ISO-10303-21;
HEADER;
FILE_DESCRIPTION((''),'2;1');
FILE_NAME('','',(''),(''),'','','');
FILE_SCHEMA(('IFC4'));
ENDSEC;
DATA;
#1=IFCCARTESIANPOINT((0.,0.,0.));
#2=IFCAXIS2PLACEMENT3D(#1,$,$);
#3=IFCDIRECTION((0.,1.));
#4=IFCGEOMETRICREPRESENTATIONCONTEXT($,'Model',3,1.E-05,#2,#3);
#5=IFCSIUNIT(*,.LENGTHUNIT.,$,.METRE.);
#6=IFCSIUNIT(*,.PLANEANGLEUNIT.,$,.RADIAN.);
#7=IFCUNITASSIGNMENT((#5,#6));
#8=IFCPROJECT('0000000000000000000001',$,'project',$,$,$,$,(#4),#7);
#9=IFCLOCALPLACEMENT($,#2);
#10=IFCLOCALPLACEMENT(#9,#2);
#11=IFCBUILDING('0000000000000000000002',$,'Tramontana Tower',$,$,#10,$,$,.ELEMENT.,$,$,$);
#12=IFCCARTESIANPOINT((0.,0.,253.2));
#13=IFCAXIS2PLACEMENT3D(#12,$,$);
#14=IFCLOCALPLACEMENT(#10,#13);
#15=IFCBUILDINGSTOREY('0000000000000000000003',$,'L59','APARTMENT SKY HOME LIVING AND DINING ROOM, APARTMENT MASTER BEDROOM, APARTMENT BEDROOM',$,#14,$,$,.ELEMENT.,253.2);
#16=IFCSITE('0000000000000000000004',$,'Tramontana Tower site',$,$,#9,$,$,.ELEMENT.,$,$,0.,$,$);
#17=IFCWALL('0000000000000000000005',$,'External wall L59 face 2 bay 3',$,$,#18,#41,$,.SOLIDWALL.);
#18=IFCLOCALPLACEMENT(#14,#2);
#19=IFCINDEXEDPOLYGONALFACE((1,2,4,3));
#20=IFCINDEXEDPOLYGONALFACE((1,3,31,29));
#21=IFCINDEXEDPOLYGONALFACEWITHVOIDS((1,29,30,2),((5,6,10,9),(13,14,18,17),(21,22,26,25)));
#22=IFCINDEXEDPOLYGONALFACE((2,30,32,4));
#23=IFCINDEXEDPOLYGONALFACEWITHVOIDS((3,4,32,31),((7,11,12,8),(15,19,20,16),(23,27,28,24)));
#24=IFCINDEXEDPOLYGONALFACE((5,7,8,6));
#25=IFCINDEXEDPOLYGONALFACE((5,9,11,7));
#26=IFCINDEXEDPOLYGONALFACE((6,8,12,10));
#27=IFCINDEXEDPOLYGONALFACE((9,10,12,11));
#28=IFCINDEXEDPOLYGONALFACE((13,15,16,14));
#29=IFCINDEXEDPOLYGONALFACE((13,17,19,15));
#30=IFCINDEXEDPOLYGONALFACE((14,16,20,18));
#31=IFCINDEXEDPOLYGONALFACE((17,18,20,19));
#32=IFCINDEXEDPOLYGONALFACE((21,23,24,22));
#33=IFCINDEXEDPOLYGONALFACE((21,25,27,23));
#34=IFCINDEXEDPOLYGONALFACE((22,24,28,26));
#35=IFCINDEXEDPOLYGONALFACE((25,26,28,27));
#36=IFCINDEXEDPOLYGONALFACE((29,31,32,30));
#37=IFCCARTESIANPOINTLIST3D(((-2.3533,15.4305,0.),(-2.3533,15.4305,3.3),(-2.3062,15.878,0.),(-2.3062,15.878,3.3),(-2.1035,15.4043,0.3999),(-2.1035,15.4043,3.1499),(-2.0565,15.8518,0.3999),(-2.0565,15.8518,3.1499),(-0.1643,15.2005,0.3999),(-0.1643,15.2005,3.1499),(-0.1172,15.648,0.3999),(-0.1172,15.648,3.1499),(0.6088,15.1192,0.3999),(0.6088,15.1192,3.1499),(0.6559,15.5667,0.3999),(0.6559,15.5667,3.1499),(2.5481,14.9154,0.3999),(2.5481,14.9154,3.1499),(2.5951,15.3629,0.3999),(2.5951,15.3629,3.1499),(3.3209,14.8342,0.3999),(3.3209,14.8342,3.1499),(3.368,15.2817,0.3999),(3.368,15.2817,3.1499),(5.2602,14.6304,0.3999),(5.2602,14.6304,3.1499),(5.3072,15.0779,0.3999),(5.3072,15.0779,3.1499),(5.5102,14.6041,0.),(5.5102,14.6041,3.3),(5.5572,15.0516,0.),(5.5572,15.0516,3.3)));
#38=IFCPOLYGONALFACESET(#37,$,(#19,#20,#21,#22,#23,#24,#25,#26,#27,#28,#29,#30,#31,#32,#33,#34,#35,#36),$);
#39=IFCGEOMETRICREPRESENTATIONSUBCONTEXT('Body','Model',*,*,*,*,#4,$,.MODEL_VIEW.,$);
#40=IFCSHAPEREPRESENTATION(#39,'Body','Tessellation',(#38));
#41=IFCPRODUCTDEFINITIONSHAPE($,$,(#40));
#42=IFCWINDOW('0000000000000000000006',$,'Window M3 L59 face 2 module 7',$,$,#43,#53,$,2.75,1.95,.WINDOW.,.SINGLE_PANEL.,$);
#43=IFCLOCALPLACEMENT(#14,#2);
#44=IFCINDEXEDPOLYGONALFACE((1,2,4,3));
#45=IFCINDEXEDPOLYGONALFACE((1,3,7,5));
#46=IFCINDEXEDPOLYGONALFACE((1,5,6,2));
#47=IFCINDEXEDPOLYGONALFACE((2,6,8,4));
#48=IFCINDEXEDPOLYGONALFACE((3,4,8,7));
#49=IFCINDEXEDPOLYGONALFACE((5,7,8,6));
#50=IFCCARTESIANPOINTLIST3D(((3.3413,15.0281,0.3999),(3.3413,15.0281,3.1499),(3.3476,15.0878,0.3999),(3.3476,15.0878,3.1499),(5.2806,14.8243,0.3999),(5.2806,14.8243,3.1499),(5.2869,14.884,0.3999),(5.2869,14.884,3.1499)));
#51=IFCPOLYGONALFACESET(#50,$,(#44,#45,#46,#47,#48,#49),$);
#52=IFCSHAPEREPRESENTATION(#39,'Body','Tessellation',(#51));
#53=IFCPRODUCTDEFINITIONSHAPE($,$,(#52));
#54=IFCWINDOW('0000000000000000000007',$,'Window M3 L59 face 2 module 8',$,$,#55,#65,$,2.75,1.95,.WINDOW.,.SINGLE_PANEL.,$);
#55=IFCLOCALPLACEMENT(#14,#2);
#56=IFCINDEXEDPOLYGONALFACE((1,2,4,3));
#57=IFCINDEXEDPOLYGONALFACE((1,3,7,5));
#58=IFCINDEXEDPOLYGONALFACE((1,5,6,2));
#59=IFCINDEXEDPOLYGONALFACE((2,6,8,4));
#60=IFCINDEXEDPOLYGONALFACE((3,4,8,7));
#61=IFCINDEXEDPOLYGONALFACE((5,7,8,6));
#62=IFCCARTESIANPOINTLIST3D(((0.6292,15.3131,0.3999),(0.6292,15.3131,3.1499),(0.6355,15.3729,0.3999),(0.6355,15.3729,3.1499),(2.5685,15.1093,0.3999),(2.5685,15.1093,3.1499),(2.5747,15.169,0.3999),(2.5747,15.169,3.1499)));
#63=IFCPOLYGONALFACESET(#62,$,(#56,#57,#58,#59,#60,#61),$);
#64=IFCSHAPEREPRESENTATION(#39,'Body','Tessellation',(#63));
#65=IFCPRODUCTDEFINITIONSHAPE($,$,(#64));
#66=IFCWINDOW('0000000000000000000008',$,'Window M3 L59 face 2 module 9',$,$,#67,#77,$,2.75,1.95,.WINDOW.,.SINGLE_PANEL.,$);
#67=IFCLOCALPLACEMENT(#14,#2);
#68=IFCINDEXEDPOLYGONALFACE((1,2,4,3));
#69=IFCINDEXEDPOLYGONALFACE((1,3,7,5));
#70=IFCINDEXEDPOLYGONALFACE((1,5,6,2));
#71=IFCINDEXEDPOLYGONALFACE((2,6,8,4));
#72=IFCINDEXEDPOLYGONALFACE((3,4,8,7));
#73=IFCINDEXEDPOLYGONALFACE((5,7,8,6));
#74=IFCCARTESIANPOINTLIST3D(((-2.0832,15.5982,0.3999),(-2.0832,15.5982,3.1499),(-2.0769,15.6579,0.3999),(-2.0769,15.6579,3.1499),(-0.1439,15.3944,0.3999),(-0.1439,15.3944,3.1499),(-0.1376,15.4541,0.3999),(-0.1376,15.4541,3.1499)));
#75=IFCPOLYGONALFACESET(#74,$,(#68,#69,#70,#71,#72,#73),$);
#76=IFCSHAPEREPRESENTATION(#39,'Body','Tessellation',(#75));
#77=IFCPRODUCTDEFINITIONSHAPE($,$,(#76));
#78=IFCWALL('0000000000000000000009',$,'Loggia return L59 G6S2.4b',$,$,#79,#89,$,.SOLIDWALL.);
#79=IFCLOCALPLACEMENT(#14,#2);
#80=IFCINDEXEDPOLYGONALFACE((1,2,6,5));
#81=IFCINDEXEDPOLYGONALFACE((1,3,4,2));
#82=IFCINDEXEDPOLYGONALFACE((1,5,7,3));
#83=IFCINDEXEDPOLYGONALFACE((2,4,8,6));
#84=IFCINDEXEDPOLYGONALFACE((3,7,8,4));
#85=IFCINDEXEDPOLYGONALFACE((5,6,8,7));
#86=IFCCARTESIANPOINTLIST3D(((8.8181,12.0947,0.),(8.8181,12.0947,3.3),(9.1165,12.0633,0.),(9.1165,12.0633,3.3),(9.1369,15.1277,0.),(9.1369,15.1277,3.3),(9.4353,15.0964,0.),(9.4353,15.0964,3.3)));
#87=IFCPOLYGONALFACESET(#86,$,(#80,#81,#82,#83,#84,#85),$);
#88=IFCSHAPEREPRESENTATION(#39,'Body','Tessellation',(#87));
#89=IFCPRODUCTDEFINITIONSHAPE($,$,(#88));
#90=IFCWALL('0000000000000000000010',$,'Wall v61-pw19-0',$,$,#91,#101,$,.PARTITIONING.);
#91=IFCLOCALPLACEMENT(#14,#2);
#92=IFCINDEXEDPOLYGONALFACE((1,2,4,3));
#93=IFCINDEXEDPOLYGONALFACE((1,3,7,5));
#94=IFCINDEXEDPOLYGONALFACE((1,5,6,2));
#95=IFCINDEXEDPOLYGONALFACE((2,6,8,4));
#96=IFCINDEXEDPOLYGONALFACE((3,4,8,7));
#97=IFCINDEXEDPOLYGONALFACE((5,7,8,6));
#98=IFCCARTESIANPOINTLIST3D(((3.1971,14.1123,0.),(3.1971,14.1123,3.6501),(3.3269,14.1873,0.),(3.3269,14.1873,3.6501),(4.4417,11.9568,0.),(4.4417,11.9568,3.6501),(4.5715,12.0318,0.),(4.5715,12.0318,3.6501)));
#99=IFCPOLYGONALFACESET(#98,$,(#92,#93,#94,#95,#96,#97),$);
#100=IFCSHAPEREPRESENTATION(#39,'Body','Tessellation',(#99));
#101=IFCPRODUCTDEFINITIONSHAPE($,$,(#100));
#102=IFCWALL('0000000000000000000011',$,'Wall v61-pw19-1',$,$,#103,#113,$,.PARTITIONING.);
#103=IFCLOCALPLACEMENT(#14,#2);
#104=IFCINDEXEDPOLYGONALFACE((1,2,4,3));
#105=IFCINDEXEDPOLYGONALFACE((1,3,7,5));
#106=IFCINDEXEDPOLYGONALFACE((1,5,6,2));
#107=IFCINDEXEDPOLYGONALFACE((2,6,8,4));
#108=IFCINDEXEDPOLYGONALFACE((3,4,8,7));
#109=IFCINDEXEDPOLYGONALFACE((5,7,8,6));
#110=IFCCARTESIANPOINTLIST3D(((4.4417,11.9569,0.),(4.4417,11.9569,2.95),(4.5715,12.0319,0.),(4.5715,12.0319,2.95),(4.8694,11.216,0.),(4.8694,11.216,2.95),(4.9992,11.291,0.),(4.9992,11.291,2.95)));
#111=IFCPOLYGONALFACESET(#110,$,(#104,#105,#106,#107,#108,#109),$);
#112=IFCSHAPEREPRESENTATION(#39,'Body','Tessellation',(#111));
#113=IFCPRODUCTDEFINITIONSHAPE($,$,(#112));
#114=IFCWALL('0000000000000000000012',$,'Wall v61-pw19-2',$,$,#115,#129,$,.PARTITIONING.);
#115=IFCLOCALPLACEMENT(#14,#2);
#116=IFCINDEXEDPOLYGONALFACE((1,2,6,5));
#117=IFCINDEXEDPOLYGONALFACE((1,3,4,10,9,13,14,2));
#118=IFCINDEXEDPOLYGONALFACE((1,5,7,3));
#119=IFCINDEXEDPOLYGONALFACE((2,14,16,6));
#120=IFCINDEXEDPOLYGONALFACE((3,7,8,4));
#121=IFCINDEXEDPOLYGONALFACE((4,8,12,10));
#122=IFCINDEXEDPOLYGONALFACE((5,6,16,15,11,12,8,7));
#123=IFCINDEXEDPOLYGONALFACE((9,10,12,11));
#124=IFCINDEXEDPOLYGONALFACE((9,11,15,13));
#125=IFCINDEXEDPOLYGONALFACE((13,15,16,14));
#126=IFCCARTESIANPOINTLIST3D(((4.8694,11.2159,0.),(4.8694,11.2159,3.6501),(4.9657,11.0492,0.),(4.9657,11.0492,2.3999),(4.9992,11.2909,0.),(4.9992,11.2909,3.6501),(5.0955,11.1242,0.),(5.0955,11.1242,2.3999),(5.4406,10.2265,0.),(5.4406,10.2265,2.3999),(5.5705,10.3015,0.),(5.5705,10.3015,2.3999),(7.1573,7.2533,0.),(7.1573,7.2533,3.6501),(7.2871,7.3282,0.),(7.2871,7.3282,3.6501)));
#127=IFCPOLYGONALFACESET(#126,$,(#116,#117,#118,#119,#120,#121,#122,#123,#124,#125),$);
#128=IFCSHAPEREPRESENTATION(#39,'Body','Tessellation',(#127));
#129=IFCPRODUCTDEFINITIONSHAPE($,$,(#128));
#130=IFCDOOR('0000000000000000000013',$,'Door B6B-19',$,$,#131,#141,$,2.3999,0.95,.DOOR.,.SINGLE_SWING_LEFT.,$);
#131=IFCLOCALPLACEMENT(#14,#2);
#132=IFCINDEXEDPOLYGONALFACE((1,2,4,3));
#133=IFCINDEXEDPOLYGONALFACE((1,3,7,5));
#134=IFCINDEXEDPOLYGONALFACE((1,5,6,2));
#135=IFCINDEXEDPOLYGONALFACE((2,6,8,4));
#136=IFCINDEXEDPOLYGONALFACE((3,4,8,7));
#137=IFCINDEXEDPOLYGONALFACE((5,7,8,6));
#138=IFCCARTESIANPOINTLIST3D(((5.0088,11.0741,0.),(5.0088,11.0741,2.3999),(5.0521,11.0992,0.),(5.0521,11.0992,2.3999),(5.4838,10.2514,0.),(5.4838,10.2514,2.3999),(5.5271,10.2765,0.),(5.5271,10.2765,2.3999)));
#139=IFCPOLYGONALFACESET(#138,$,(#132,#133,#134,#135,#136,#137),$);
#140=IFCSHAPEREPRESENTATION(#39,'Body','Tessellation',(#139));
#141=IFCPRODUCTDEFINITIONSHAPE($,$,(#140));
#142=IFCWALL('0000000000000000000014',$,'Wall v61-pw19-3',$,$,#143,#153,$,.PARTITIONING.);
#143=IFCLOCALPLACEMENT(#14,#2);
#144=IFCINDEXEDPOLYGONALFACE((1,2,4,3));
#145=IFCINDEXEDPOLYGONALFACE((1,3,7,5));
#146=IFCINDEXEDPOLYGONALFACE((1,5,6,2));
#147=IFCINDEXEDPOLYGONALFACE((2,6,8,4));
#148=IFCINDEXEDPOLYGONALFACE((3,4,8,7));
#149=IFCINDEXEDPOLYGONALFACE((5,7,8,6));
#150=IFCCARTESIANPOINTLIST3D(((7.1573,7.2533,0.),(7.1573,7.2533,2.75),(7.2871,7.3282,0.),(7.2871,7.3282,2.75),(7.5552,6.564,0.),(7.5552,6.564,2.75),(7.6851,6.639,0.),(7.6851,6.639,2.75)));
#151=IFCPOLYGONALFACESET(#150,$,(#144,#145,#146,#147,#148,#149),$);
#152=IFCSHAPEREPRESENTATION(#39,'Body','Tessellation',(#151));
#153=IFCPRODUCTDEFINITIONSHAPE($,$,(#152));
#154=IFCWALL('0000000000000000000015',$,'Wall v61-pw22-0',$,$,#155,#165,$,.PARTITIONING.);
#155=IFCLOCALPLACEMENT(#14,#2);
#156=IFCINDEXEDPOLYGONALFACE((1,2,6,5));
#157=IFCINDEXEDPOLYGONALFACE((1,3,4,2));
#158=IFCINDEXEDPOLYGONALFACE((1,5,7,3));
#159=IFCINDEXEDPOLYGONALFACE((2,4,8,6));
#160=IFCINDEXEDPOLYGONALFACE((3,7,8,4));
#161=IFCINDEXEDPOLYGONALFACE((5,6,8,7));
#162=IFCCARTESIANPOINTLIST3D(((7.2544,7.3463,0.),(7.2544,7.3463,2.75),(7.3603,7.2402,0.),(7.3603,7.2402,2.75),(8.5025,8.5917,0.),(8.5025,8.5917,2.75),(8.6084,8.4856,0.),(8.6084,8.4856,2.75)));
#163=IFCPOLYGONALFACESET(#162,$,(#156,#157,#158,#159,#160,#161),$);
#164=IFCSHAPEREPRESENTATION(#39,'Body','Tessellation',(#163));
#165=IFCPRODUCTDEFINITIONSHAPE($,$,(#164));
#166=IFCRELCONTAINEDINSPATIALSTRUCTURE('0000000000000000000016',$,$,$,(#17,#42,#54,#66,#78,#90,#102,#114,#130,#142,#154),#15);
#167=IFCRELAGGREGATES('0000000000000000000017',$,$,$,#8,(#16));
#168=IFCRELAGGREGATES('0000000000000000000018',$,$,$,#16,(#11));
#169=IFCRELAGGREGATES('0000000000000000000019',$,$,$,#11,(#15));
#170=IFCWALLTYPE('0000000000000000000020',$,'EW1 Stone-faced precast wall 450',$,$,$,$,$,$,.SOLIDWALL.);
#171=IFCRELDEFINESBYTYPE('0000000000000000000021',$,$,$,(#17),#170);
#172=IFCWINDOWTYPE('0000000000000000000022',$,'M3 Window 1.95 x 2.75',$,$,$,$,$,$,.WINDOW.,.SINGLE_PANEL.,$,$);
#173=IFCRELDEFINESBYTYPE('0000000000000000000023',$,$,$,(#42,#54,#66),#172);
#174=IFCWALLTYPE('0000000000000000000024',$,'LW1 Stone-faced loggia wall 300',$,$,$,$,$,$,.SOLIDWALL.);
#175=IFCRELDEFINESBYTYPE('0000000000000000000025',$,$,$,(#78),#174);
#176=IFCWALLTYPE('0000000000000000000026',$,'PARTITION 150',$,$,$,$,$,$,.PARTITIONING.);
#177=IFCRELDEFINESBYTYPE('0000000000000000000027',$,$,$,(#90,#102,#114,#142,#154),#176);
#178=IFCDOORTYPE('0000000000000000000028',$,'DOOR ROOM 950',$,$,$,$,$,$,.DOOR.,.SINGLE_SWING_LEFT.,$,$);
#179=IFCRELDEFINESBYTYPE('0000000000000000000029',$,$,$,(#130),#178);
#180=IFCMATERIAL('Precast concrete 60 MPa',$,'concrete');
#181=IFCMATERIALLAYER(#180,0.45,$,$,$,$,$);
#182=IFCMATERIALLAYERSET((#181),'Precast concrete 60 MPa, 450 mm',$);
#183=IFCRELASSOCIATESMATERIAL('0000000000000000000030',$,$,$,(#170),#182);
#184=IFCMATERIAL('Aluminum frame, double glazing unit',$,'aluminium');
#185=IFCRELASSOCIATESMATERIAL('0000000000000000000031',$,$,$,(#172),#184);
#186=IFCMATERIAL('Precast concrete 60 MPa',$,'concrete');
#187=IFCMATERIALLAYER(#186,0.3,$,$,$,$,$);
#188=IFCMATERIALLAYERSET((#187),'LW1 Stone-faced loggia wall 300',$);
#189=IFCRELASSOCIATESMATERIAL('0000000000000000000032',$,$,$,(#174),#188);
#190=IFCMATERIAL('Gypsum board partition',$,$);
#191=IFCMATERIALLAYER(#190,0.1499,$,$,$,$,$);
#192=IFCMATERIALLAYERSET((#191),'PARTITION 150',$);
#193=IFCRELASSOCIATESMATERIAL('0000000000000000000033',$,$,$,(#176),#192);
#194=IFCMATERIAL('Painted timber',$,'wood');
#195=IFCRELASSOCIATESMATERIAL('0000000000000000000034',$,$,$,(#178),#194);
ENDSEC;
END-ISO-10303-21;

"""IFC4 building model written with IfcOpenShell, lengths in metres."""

from ifc_helpers import new_model, si_unit, direction, frame, frame_2d, origin, place, context, subcontext, project, spatial, rectangle, extrude, material, layer, layer_set, type_object, element, fill, save


model = new_model("IFC4")

# Units and contexts
model_context = context("Model", 3, precision=1e-05, world=origin(), true_north=direction((0.0, 1.0)))
body_context = subcontext(model_context, "Body", "Model", "MODEL_VIEW")
ifc_project = project(units=[si_unit("LENGTHUNIT", "METRE"), si_unit("PLANEANGLEUNIT", "RADIAN")], contexts=[model_context])

# Site, building, storey
site_placement = place(None, origin())
site = spatial("IfcSite", under=ifc_project, at=site_placement, Name="Tramontana Tower site", CompositionType="ELEMENT", RefElevation=0.0)
building_placement = place(site_placement, origin())
building = spatial("IfcBuilding", under=site, at=building_placement, Name="Tramontana Tower", CompositionType="ELEMENT")
storey_placement = place(building_placement, frame((0.0, 0.0, 253.2)))
storey = spatial("IfcBuildingStorey", under=building, at=storey_placement, Name="L59", Description="APARTMENT SKY HOME LIVING AND DINING ROOM, APARTMENT MASTER BEDROOM, APARTMENT BEDROOM", CompositionType="ELEMENT", Elevation=253.2)

# Shared definitions
ifc_material_1 = material(Name="Precast concrete 60 MPa", Category="concrete")
ifc_layer_1 = layer(ifc_material_1, 0.45)
ifc_layer_set_1 = layer_set([ifc_layer_1], Name="Precast concrete 60 MPa, 450 mm")
wall_type_1 = type_object("IfcWallType", Name="EW1 Stone-faced precast wall 450", PredefinedType="SOLIDWALL", material=ifc_layer_set_1)
ifc_material_2 = material(Name="Aluminum frame, double glazing unit", Category="aluminium")
window_type = type_object("IfcWindowType", Name="M3 Window 1.95 x 2.75", PartitioningType="SINGLE_PANEL", PredefinedType="WINDOW", material=ifc_material_2)

# Wall, openings, windows
wall_1_placement = place(storey_placement, frame((5.5337, 14.8279, 0.0), z_axis=(0.0, 0.0, 1.0), x_axis=(-0.994523, 0.104519, 0.0)))
wall_1 = element("IfcWall", 1, at=wall_1_placement, inside=storey, type_object=wall_type_1, Name="External wall L59 face 2 bay 3", PredefinedType="SOLIDWALL", context=body_context, shape_type="SweptSolid", body=[
    extrude(rectangle(XDim=7.9067, YDim=0.45, at=frame_2d((3.9534, 0.0))), origin(), (0.0, 0.0, 1.0), 3.3),
])
opening_1_placement = place(wall_1_placement, frame((0.2512, 0.0, 0.3999)))
opening_1 = element("IfcOpeningElement", 2, at=opening_1_placement, cuts=wall_1, PredefinedType="OPENING", context=body_context, shape_type="SweptSolid", body=[
    extrude(rectangle(XDim=1.95, YDim=2.75, at=frame_2d((0.9751, 1.375))), frame((0.0, 0.2349, 0.0), z_axis=(0.0, -1.0, 0.0), x_axis=(1.0, 0.0, 0.0)), (0.0, 0.0, 1.0), 0.47),
])
opening_2_placement = place(wall_1_placement, frame((2.9783, 0.0, 0.3999)))
opening_2 = element("IfcOpeningElement", 3, at=opening_2_placement, cuts=wall_1, PredefinedType="OPENING", context=body_context, shape_type="SweptSolid", body=[
    extrude(rectangle(XDim=1.95, YDim=2.75, at=frame_2d((0.9751, 1.375))), frame((0.0, 0.2349, 0.0), z_axis=(0.0, -1.0, 0.0), x_axis=(1.0, 0.0, 0.0)), (0.0, 0.0, 1.0), 0.47),
])
opening_3_placement = place(wall_1_placement, frame((5.7056, 0.0, 0.3999)))
opening_3 = element("IfcOpeningElement", 4, at=opening_3_placement, cuts=wall_1, PredefinedType="OPENING", context=body_context, shape_type="SweptSolid", body=[
    extrude(rectangle(XDim=1.95, YDim=2.75, at=frame_2d((0.9751, 1.375))), frame((0.0, 0.2349, 0.0), z_axis=(0.0, -1.0, 0.0), x_axis=(1.0, 0.0, 0.0)), (0.0, 0.0, 1.0), 0.47),
])
window_1_placement = place(opening_1_placement, origin())
window_1 = element("IfcWindow", 5, at=window_1_placement, inside=storey, type_object=window_type, Name="Window M3 L59 face 2 module 7", OverallHeight=2.75, OverallWidth=1.95, PartitioningType="SINGLE_PANEL", PredefinedType="WINDOW", context=body_context, shape_type="SweptSolid", body=[
    extrude(rectangle(XDim=1.95, YDim=2.75, at=frame_2d((0.9751, 1.375))), frame((0.0, 0.03, 0.0), z_axis=(0.0, -1.0, 0.0), x_axis=(1.0, 0.0, 0.0)), (0.0, 0.0, 1.0), 0.0601),
])
fill(opening_1, window_1)
window_2_placement = place(opening_2_placement, origin())
window_2 = element("IfcWindow", 6, at=window_2_placement, inside=storey, type_object=window_type, Name="Window M3 L59 face 2 module 8", OverallHeight=2.75, OverallWidth=1.95, PartitioningType="SINGLE_PANEL", PredefinedType="WINDOW", context=body_context, shape_type="SweptSolid", body=[
    extrude(rectangle(XDim=1.95, YDim=2.75, at=frame_2d((0.9751, 1.375))), frame((0.0, 0.03, 0.0), z_axis=(0.0, -1.0, 0.0), x_axis=(1.0, 0.0, 0.0)), (0.0, 0.0, 1.0), 0.0601),
])
fill(opening_2, window_2)
window_3_placement = place(opening_3_placement, origin())
window_3 = element("IfcWindow", 7, at=window_3_placement, inside=storey, type_object=window_type, Name="Window M3 L59 face 2 module 9", OverallHeight=2.75, OverallWidth=1.95, PartitioningType="SINGLE_PANEL", PredefinedType="WINDOW", context=body_context, shape_type="SweptSolid", body=[
    extrude(rectangle(XDim=1.95, YDim=2.75, at=frame_2d((0.9751, 1.375))), frame((0.0, 0.03, 0.0), z_axis=(0.0, -1.0, 0.0), x_axis=(1.0, 0.0, 0.0)), (0.0, 0.0, 1.0), 0.0601),
])
fill(opening_3, window_3)

# Walls
ifc_material_3 = material(Name="Precast concrete 60 MPa", Category="concrete")
ifc_layer_2 = layer(ifc_material_3, 0.3)
ifc_layer_set_2 = layer_set([ifc_layer_2], Name="LW1 Stone-faced loggia wall 300")
wall_type_2 = type_object("IfcWallType", Name="LW1 Stone-faced loggia wall 300", PredefinedType="SOLIDWALL", material=ifc_layer_set_2)
wall_2_placement = place(storey_placement, frame((9.2861, 15.1121, 0.0), z_axis=(0.0, 0.0, 1.0), x_axis=(-0.104543, -0.99452, 0.0)))
element("IfcWall", 8, at=wall_2_placement, inside=storey, type_object=wall_type_2, Name="Loggia return L59 G6S2.4b", PredefinedType="SOLIDWALL", context=body_context, shape_type="SweptSolid", body=[
    extrude(rectangle(XDim=3.0498, YDim=0.3, at=frame_2d((1.5249, 0.0))), origin(), (0.0, 0.0, 1.0), 3.3),
])
ifc_material_4 = material(Name="Gypsum board partition")
ifc_layer_3 = layer(ifc_material_4, 0.1499)
ifc_layer_set_3 = layer_set([ifc_layer_3], Name="PARTITION 150")
wall_type_3 = type_object("IfcWallType", Name="PARTITION 150", PredefinedType="PARTITIONING", material=ifc_layer_set_3)
wall_3_placement = place(storey_placement, frame((3.262, 14.1499, 0.0), z_axis=(0.0, 0.0, 1.0), x_axis=(0.500042, -0.866001, 0.0)))
element("IfcWall", 9, at=wall_3_placement, inside=storey, type_object=wall_type_3, Name="Wall v61-pw19-0", PredefinedType="PARTITIONING", context=body_context, shape_type="SweptSolid", body=[
    extrude(rectangle(XDim=2.489, YDim=0.1499, at=frame_2d((1.2446, 0.0))), origin(), (0.0, 0.0, 1.0), 3.6501),
])
wall_4_placement = place(storey_placement, frame((4.5066, 11.9944, 0.0), z_axis=(0.0, 0.0, 1.0), x_axis=(0.499945, -0.866057, 0.0)))
element("IfcWall", 10, at=wall_4_placement, inside=storey, type_object=wall_type_3, Name="Wall v61-pw19-1", PredefinedType="PARTITIONING", context=body_context, shape_type="SweptSolid", body=[
    extrude(rectangle(XDim=0.8555, YDim=0.1499, at=frame_2d((0.4277, 0.0))), origin(), (0.0, 0.0, 1.0), 2.95),
])

# Wall, opening, door
wall_5_placement = place(storey_placement, frame((4.9343, 11.2534, 0.0), z_axis=(0.0, 0.0, 1.0), x_axis=(0.500001, -0.866025, 0.0)))
wall_5 = element("IfcWall", 11, at=wall_5_placement, inside=storey, type_object=wall_type_3, Name="Wall v61-pw19-2", PredefinedType="PARTITIONING", context=body_context, shape_type="SweptSolid", body=[
    extrude(rectangle(XDim=4.5757, YDim=0.1499, at=frame_2d((2.2878, 0.0))), origin(), (0.0, 0.0, 1.0), 3.6501),
])
opening_4_placement = place(wall_5_placement, frame((0.1924, 0.0, 0.0)))
opening_4 = element("IfcOpeningElement", 12, at=opening_4_placement, cuts=wall_5, PredefinedType="OPENING", context=body_context, shape_type="SweptSolid", body=[
    extrude(rectangle(XDim=0.95, YDim=2.3999, at=frame_2d((0.4751, 1.2))), frame((0.0, 0.085, 0.0), z_axis=(0.0, -1.0, 0.0), x_axis=(1.0, 0.0, 0.0)), (0.0, 0.0, 1.0), 0.1699),
])
ifc_material_5 = material(Name="Painted timber", Category="wood")
door_type = type_object("IfcDoorType", Name="DOOR ROOM 950", OperationType="SINGLE_SWING_LEFT", PredefinedType="DOOR", material=ifc_material_5)
door_1_placement = place(opening_4_placement, origin())
door_1 = element("IfcDoor", 13, at=door_1_placement, inside=storey, type_object=door_type, Name="Door B6B-19", OperationType="SINGLE_SWING_LEFT", OverallHeight=2.3999, OverallWidth=0.95, PredefinedType="DOOR", context=body_context, shape_type="SweptSolid", body=[
    extrude(rectangle(XDim=0.95, YDim=2.3999, at=frame_2d((0.4751, 1.2))), frame((0.0, 0.0249, 0.0), z_axis=(0.0, -1.0, 0.0), x_axis=(1.0, 0.0, 0.0)), (0.0, 0.0, 1.0), 0.05),
])
fill(opening_4, door_1)

# Walls
wall_6_placement = place(storey_placement, frame((7.2222, 7.2908, 0.0), z_axis=(0.0, 0.0, 1.0), x_axis=(0.500032, -0.866007, 0.0)))
element("IfcWall", 14, at=wall_6_placement, inside=storey, type_object=wall_type_3, Name="Wall v61-pw19-3", PredefinedType="PARTITIONING", context=body_context, shape_type="SweptSolid", body=[
    extrude(rectangle(XDim=0.7959, YDim=0.1499, at=frame_2d((0.3979, 0.0))), origin(), (0.0, 0.0, 1.0), 2.75),
])
wall_7_placement = place(storey_placement, frame((7.3074, 7.2932, 0.0), z_axis=(0.0, 0.0, 1.0), x_axis=(0.707868, 0.706345, 0.0)))
element("IfcWall", 15, at=wall_7_placement, inside=storey, type_object=wall_type_3, Name="Wall v61-pw22-0", PredefinedType="PARTITIONING", context=body_context, shape_type="SweptSolid", body=[
    extrude(rectangle(XDim=1.7632, YDim=0.1499, at=frame_2d((0.8816, 0.0))), origin(), (0.0, 0.0, 1.0), 2.75),
])

save(model, "model.ifc")
